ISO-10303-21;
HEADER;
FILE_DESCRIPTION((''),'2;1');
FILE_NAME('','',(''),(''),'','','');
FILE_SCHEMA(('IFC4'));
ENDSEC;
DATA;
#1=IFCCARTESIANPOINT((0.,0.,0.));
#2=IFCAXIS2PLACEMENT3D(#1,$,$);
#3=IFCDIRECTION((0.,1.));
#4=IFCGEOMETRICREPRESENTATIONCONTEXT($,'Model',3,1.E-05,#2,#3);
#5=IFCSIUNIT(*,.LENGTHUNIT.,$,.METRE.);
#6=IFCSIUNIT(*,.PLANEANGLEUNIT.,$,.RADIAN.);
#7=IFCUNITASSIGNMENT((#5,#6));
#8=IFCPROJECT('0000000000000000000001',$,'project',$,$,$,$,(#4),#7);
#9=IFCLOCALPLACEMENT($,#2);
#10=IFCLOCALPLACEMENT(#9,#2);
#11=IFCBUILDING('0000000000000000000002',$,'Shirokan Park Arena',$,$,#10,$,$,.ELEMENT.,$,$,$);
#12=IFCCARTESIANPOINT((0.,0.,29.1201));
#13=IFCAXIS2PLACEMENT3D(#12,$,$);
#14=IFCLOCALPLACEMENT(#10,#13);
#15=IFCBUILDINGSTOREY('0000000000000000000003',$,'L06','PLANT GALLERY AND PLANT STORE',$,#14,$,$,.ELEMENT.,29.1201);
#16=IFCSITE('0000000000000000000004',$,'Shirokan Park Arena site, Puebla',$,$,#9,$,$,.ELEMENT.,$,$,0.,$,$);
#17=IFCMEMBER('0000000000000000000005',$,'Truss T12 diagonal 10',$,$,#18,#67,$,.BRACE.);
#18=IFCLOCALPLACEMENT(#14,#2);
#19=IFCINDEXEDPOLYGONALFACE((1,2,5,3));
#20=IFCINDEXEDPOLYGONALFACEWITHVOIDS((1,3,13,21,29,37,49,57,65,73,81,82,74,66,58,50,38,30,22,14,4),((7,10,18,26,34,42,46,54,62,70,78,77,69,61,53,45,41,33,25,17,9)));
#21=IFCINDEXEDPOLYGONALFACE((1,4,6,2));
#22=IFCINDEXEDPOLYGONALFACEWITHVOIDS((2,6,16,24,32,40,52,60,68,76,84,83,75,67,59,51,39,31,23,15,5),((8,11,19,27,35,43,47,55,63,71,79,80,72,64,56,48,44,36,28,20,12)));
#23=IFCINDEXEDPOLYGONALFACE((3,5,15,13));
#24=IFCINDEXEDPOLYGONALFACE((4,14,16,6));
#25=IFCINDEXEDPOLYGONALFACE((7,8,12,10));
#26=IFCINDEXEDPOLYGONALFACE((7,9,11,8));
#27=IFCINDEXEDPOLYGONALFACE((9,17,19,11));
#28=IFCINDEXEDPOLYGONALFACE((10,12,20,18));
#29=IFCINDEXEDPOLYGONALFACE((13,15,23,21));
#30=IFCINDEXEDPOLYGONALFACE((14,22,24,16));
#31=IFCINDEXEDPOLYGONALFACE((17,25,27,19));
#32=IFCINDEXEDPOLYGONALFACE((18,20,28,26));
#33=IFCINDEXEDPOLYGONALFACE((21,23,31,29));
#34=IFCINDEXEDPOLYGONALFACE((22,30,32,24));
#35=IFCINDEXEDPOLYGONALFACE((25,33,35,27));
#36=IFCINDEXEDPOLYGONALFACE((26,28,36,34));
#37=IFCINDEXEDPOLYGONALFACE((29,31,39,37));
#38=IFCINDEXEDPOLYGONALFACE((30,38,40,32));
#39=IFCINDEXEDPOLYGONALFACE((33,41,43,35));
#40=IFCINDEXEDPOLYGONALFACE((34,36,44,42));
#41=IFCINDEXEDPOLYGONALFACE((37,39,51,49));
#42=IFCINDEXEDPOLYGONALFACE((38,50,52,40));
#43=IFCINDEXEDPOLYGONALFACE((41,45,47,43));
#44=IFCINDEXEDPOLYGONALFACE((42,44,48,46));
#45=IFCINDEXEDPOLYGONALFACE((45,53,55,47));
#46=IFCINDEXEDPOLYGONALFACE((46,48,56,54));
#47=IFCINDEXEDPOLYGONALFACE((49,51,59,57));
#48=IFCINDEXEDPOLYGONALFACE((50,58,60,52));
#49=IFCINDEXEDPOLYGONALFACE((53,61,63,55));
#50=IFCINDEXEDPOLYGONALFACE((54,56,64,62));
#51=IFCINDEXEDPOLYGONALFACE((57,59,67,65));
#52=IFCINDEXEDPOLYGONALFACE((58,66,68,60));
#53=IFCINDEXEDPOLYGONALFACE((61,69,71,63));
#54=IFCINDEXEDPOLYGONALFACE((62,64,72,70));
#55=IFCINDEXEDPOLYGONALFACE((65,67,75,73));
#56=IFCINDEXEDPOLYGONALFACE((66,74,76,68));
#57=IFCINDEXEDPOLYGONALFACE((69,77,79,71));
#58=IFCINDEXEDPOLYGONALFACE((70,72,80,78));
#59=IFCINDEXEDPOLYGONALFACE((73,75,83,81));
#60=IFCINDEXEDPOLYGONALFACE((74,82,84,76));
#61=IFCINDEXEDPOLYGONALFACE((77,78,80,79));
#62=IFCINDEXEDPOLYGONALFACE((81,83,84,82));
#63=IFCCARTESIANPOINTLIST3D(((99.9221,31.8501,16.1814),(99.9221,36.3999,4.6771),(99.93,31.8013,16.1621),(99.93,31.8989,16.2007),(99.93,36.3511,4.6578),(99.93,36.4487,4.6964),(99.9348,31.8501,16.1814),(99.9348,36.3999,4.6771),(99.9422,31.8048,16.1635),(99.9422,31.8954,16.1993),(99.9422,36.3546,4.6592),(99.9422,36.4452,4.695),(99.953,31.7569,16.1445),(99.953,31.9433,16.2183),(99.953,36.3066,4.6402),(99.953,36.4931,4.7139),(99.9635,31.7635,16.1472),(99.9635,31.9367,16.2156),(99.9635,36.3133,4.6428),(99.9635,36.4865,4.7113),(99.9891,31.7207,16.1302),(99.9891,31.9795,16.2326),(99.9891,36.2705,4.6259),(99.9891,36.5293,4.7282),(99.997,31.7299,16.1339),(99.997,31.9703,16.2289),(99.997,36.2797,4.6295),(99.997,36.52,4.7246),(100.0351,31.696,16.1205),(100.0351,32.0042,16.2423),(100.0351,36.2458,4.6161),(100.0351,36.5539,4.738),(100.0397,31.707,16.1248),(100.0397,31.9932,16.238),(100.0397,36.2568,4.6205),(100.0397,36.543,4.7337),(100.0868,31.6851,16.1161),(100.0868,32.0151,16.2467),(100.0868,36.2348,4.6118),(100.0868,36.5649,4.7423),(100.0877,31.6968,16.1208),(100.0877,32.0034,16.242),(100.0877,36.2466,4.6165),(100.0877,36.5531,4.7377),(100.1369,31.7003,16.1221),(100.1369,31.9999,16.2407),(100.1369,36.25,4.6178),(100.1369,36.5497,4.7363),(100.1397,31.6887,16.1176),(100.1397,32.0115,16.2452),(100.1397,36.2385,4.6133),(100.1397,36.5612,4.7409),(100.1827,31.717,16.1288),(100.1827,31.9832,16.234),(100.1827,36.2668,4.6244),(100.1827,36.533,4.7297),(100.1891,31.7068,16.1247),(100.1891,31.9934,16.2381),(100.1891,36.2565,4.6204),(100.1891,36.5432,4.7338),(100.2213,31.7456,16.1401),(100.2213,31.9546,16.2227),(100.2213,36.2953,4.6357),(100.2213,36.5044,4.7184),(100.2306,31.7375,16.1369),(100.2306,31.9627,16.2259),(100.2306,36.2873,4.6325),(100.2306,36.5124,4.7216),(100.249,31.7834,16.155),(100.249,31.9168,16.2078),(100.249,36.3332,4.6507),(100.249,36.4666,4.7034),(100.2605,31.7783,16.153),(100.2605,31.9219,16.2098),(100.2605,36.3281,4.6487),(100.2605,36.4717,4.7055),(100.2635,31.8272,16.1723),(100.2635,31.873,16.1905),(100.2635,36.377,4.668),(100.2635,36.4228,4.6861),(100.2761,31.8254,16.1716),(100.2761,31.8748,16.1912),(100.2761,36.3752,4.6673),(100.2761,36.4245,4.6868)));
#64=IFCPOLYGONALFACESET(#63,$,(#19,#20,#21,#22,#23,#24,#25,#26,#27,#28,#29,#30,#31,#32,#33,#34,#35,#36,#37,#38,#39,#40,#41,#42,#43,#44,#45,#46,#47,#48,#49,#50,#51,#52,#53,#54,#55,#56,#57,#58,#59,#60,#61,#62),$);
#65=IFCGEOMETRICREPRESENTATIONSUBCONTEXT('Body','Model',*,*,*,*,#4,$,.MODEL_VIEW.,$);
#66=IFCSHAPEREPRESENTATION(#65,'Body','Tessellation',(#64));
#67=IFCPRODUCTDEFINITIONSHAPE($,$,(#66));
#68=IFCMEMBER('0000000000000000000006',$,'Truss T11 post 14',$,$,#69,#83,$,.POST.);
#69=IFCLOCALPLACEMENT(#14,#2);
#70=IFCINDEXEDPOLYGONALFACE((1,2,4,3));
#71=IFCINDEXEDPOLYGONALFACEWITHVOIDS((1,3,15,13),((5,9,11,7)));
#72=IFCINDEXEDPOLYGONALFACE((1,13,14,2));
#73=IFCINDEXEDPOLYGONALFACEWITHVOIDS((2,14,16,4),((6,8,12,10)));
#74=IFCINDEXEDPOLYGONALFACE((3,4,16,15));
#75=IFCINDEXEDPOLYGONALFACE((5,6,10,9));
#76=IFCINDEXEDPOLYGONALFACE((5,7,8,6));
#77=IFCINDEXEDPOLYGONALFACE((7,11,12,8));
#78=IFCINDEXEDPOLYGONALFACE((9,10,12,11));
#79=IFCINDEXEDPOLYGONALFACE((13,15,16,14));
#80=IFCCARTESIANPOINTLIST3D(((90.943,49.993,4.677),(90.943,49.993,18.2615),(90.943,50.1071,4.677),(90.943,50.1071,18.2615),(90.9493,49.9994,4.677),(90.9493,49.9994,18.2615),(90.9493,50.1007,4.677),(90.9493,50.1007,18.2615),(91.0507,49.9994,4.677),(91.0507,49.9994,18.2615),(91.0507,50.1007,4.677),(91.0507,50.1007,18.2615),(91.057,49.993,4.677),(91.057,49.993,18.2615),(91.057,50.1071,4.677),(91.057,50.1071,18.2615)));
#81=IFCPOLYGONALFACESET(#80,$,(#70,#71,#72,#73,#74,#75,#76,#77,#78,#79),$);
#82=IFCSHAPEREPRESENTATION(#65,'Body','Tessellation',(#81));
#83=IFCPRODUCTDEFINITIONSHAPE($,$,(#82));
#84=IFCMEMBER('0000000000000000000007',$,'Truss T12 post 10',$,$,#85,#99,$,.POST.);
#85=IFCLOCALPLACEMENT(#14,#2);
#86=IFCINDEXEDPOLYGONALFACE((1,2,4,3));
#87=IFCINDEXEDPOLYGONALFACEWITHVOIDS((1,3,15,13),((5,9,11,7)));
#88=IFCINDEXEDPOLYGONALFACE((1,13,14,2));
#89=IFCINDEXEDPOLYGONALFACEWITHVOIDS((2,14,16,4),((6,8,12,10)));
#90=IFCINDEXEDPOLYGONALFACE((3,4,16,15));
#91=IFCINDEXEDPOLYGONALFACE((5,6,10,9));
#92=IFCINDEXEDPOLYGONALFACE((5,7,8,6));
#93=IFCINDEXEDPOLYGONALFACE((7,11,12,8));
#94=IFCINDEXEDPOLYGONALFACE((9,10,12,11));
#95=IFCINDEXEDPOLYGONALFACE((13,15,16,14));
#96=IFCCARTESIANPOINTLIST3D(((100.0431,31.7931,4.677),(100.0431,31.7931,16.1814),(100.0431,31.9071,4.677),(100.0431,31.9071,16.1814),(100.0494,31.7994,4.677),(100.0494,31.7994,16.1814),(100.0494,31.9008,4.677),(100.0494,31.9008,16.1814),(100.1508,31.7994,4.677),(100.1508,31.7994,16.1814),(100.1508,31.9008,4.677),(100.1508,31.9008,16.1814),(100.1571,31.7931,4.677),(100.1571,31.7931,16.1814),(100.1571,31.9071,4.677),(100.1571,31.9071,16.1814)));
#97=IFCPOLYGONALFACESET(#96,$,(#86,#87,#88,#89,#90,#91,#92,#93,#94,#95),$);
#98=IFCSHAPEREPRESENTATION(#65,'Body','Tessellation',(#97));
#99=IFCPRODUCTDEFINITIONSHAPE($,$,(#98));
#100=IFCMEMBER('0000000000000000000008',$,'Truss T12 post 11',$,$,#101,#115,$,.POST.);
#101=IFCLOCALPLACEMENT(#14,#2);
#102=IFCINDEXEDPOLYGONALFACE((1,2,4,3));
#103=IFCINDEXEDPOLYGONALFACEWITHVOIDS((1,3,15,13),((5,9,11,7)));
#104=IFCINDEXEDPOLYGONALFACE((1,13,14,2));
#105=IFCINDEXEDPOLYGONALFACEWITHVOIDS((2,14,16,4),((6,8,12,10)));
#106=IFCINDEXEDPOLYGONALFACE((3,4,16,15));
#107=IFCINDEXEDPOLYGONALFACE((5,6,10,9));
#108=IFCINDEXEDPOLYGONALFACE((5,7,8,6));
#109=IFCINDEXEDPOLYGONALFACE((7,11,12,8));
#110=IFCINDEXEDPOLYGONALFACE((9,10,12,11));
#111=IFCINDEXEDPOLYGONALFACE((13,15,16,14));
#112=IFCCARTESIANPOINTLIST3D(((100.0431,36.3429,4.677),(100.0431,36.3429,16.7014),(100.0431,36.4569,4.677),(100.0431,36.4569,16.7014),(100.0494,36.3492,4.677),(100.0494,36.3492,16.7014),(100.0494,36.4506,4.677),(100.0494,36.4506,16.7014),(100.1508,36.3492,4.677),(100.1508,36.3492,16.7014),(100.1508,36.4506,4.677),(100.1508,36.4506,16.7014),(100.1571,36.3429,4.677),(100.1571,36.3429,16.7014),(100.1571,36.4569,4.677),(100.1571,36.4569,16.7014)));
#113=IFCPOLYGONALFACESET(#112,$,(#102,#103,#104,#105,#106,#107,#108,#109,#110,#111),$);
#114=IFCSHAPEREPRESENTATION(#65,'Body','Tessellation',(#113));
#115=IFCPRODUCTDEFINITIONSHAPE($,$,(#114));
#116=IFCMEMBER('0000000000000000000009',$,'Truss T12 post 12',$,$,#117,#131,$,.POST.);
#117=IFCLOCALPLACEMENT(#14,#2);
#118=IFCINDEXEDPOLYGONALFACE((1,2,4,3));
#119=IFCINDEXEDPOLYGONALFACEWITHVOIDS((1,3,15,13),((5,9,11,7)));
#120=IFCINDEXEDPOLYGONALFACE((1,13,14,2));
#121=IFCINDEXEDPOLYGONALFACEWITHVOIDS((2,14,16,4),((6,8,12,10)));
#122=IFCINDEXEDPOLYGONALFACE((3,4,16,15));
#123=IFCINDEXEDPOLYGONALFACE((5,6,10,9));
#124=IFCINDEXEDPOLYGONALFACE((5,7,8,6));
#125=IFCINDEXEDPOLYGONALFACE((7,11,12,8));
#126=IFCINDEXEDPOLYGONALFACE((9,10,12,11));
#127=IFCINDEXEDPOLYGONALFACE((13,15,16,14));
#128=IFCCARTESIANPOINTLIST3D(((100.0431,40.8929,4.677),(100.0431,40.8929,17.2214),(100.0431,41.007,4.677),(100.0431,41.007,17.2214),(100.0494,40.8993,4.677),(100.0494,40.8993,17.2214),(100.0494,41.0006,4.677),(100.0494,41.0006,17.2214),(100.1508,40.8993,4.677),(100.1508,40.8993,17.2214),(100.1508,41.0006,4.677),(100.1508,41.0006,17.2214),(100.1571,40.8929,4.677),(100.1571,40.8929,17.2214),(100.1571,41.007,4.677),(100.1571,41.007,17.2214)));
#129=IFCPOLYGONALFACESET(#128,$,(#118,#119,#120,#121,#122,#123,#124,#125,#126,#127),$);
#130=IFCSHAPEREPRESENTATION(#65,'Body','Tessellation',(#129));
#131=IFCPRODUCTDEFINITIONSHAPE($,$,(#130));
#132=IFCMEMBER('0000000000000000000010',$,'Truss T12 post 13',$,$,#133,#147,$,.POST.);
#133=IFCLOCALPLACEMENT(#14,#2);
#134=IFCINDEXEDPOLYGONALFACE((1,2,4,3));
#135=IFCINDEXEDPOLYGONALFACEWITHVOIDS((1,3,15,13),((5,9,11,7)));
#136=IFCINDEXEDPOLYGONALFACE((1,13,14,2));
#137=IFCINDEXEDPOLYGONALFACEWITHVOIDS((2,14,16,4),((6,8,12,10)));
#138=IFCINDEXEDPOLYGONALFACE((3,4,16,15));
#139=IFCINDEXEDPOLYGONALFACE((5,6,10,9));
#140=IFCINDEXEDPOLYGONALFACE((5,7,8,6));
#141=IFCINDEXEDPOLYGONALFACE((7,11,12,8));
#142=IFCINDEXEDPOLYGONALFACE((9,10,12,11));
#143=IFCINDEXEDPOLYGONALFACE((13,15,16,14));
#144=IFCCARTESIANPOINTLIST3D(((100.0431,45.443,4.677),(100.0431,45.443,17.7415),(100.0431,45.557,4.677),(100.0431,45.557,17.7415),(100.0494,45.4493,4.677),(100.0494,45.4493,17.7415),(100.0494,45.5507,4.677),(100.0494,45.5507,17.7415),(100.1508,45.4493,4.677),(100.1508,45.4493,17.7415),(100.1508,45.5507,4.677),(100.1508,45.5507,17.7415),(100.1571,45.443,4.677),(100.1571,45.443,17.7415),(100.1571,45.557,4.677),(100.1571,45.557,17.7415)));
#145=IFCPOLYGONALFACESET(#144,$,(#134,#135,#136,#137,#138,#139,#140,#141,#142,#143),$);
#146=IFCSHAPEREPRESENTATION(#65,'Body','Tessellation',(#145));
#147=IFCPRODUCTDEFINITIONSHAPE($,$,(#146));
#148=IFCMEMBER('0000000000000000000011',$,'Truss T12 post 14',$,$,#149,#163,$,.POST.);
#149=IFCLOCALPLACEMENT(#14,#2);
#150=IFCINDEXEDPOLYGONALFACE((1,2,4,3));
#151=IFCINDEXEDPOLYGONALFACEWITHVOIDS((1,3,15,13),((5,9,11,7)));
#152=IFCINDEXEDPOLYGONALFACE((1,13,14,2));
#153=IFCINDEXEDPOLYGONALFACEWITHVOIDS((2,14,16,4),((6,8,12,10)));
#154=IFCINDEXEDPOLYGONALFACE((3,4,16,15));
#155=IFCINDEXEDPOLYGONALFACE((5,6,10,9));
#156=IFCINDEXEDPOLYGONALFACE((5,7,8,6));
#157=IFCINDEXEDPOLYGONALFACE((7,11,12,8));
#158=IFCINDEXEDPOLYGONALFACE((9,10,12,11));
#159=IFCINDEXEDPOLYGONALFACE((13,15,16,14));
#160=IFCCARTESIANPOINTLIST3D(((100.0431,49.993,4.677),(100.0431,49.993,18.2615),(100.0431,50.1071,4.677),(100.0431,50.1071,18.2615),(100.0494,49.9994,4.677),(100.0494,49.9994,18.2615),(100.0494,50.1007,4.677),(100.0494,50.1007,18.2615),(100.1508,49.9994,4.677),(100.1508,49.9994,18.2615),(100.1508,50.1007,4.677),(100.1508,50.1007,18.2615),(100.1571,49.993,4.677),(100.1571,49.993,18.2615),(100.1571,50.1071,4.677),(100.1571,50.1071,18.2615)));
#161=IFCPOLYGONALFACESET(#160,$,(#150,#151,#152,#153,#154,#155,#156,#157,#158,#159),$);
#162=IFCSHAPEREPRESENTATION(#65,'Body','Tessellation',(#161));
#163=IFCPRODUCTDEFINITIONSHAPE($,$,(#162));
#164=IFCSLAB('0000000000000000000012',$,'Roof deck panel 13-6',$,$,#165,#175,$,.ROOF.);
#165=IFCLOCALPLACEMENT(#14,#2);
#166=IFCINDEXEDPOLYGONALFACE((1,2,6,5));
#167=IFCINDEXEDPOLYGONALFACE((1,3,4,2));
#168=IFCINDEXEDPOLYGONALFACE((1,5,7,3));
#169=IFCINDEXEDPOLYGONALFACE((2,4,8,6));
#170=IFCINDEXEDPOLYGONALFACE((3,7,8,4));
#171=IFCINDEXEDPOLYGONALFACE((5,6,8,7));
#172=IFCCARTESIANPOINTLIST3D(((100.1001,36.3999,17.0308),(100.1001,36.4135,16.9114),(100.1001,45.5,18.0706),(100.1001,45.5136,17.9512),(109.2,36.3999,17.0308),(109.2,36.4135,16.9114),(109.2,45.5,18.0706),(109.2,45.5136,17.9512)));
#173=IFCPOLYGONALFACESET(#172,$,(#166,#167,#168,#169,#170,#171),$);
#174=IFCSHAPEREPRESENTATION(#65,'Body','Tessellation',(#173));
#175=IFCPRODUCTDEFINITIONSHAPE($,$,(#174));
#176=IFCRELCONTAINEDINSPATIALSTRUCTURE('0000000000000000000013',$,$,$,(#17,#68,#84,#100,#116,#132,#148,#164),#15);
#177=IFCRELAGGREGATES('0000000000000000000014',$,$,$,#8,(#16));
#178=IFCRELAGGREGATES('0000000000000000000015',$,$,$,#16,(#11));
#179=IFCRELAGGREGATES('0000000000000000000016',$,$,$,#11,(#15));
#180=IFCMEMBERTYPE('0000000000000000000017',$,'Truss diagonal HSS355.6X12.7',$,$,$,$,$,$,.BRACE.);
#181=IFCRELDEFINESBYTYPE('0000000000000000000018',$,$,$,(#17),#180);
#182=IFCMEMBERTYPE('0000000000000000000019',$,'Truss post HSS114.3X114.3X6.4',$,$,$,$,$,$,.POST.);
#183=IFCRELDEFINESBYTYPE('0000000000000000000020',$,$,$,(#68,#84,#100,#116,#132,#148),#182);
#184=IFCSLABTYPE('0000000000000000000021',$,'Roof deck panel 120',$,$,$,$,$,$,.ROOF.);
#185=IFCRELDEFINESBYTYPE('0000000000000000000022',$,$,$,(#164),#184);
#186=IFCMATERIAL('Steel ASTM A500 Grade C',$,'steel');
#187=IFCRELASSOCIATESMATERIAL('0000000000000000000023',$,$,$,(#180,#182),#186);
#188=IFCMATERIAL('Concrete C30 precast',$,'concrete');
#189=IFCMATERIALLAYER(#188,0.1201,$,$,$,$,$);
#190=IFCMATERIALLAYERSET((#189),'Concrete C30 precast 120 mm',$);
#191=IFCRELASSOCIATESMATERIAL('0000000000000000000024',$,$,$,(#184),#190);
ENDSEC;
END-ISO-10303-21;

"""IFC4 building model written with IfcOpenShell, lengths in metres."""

from ifc_helpers import new_model, si_unit, direction, frame, origin, origin_2d, place, context, subcontext, project, spatial, polyline, hollow_rectangle, hollow_circle, outline, extrude, material, layer, layer_set, material_profile, profile_set, type_object, element, save


model = new_model("IFC4")

# Units and contexts
model_context = context("Model", 3, precision=1e-05, world=origin(), true_north=direction((0.0, 1.0)))
body_context = subcontext(model_context, "Body", "Model", "MODEL_VIEW")
ifc_project = project(units=[si_unit("LENGTHUNIT", "METRE"), si_unit("PLANEANGLEUNIT", "RADIAN")], contexts=[model_context])

# Site, building, storey
site_placement = place(None, origin())
site = spatial("IfcSite", under=ifc_project, at=site_placement, Name="Shirokan Park Arena site, Puebla", CompositionType="ELEMENT", RefElevation=0.0)
building_placement = place(site_placement, origin())
building = spatial("IfcBuilding", under=site, at=building_placement, Name="Shirokan Park Arena", CompositionType="ELEMENT")
storey_placement = place(building_placement, frame((0.0, 0.0, 29.1201)))
storey = spatial("IfcBuildingStorey", under=building, at=storey_placement, Name="L06", Description="PLANT GALLERY AND PLANT STORE", CompositionType="ELEMENT", Elevation=29.1201)

# Members
ifc_material_1 = material(Name="Steel ASTM A500 Grade C", Category="steel")
ifc_material_profile_1 = material_profile(ifc_material_1, hollow_circle(Radius=0.178, WallThickness=0.0127, at=origin_2d()), Name="HSS355.6X12.7")
ifc_profile_set_1 = profile_set([ifc_material_profile_1], Name="Steel ASTM A500 Grade C")
member_type_1 = type_object("IfcMemberType", Name="Truss diagonal HSS355.6X12.7", PredefinedType="BRACE", material=ifc_profile_set_1)
member_1_placement = place(storey_placement, frame((100.1001, 31.8501, 16.1814), z_axis=(0.0, 0.367768, -0.929918), x_axis=(-1.0, 0.0, 0.0)))
element("IfcMember", 1, at=member_1_placement, inside=storey, type_object=member_type_1, Name="Truss T12 diagonal 10", PredefinedType="BRACE", context=body_context, shape_type="SweptSolid", body=[
    extrude(hollow_circle(Radius=0.178, WallThickness=0.0127, at=origin_2d()), origin(), (0.0, 0.0, 1.0), 12.3713),
])
ifc_material_profile_2 = material_profile(ifc_material_1, hollow_rectangle(XDim=0.114, YDim=0.114, WallThickness=0.0063, at=origin_2d()), Name="HSS114.3X114.3X6.4")
ifc_profile_set_2 = profile_set([ifc_material_profile_2], Name="Steel ASTM A500 Grade C")
member_type_2 = type_object("IfcMemberType", Name="Truss post HSS114.3X114.3X6.4", PredefinedType="POST", material=ifc_profile_set_2)
member_2_placement = place(storey_placement, frame((91.0, 50.05, 4.677), z_axis=(0.0, 0.0, 1.0), x_axis=(1.0, 0.0, 0.0)))
element("IfcMember", 2, at=member_2_placement, inside=storey, type_object=member_type_2, Name="Truss T11 post 14", PredefinedType="POST", context=body_context, shape_type="SweptSolid", body=[
    extrude(hollow_rectangle(XDim=0.114, YDim=0.114, WallThickness=0.0063, at=origin_2d()), origin(), (0.0, 0.0, 1.0), 13.5845),
])
member_3_placement = place(storey_placement, frame((100.1001, 31.8501, 4.677), z_axis=(0.0, 0.0, 1.0), x_axis=(1.0, 0.0, 0.0)))
element("IfcMember", 3, at=member_3_placement, inside=storey, type_object=member_type_2, Name="Truss T12 post 10", PredefinedType="POST", context=body_context, shape_type="SweptSolid", body=[
    extrude(hollow_rectangle(XDim=0.114, YDim=0.114, WallThickness=0.0063, at=origin_2d()), origin(), (0.0, 0.0, 1.0), 11.5044),
])
member_4_placement = place(storey_placement, frame((100.1001, 36.3999, 4.677), z_axis=(0.0, 0.0, 1.0), x_axis=(1.0, 0.0, 0.0)))
element("IfcMember", 4, at=member_4_placement, inside=storey, type_object=member_type_2, Name="Truss T12 post 11", PredefinedType="POST", context=body_context, shape_type="SweptSolid", body=[
    extrude(hollow_rectangle(XDim=0.114, YDim=0.114, WallThickness=0.0063, at=origin_2d()), origin(), (0.0, 0.0, 1.0), 12.0244),
])
member_5_placement = place(storey_placement, frame((100.1001, 40.95, 4.677), z_axis=(0.0, 0.0, 1.0), x_axis=(1.0, 0.0, 0.0)))
element("IfcMember", 5, at=member_5_placement, inside=storey, type_object=member_type_2, Name="Truss T12 post 12", PredefinedType="POST", context=body_context, shape_type="SweptSolid", body=[
    extrude(hollow_rectangle(XDim=0.114, YDim=0.114, WallThickness=0.0063, at=origin_2d()), origin(), (0.0, 0.0, 1.0), 12.5444),
])
member_6_placement = place(storey_placement, frame((100.1001, 45.5, 4.677), z_axis=(0.0, 0.0, 1.0), x_axis=(1.0, 0.0, 0.0)))
element("IfcMember", 6, at=member_6_placement, inside=storey, type_object=member_type_2, Name="Truss T12 post 13", PredefinedType="POST", context=body_context, shape_type="SweptSolid", body=[
    extrude(hollow_rectangle(XDim=0.114, YDim=0.114, WallThickness=0.0063, at=origin_2d()), origin(), (0.0, 0.0, 1.0), 13.0645),
])
member_7_placement = place(storey_placement, frame((100.1001, 50.05, 4.677), z_axis=(0.0, 0.0, 1.0), x_axis=(1.0, 0.0, 0.0)))
element("IfcMember", 7, at=member_7_placement, inside=storey, type_object=member_type_2, Name="Truss T12 post 14", PredefinedType="POST", context=body_context, shape_type="SweptSolid", body=[
    extrude(hollow_rectangle(XDim=0.114, YDim=0.114, WallThickness=0.0063, at=origin_2d()), origin(), (0.0, 0.0, 1.0), 13.5845),
])

# Slab
ifc_material_2 = material(Name="Concrete C30 precast", Category="concrete")
ifc_layer_1 = layer(ifc_material_2, 0.1201)
ifc_layer_set_1 = layer_set([ifc_layer_1], Name="Concrete C30 precast 120 mm")
slab_type = type_object("IfcSlabType", Name="Roof deck panel 120", PredefinedType="ROOF", material=ifc_layer_set_1)
slab_1_placement = place(storey_placement, frame((100.1001, 36.3999, 17.0308), z_axis=(0.0, -0.113523, 0.993535), x_axis=(1.0, 0.0, 0.0)))
element("IfcSlab", 8, at=slab_1_placement, inside=storey, type_object=slab_type, Name="Roof deck panel 13-6", PredefinedType="ROOF", context=body_context, shape_type="SweptSolid", body=[
    extrude(outline(polyline([(0.0, 0.0), (9.0999, 0.0), (9.0999, 9.1593), (0.0, 9.1593), (0.0, 0.0)])), origin(), (0.0, 0.0, -1.0), 0.1201),
])

save(model, "model.ifc")
